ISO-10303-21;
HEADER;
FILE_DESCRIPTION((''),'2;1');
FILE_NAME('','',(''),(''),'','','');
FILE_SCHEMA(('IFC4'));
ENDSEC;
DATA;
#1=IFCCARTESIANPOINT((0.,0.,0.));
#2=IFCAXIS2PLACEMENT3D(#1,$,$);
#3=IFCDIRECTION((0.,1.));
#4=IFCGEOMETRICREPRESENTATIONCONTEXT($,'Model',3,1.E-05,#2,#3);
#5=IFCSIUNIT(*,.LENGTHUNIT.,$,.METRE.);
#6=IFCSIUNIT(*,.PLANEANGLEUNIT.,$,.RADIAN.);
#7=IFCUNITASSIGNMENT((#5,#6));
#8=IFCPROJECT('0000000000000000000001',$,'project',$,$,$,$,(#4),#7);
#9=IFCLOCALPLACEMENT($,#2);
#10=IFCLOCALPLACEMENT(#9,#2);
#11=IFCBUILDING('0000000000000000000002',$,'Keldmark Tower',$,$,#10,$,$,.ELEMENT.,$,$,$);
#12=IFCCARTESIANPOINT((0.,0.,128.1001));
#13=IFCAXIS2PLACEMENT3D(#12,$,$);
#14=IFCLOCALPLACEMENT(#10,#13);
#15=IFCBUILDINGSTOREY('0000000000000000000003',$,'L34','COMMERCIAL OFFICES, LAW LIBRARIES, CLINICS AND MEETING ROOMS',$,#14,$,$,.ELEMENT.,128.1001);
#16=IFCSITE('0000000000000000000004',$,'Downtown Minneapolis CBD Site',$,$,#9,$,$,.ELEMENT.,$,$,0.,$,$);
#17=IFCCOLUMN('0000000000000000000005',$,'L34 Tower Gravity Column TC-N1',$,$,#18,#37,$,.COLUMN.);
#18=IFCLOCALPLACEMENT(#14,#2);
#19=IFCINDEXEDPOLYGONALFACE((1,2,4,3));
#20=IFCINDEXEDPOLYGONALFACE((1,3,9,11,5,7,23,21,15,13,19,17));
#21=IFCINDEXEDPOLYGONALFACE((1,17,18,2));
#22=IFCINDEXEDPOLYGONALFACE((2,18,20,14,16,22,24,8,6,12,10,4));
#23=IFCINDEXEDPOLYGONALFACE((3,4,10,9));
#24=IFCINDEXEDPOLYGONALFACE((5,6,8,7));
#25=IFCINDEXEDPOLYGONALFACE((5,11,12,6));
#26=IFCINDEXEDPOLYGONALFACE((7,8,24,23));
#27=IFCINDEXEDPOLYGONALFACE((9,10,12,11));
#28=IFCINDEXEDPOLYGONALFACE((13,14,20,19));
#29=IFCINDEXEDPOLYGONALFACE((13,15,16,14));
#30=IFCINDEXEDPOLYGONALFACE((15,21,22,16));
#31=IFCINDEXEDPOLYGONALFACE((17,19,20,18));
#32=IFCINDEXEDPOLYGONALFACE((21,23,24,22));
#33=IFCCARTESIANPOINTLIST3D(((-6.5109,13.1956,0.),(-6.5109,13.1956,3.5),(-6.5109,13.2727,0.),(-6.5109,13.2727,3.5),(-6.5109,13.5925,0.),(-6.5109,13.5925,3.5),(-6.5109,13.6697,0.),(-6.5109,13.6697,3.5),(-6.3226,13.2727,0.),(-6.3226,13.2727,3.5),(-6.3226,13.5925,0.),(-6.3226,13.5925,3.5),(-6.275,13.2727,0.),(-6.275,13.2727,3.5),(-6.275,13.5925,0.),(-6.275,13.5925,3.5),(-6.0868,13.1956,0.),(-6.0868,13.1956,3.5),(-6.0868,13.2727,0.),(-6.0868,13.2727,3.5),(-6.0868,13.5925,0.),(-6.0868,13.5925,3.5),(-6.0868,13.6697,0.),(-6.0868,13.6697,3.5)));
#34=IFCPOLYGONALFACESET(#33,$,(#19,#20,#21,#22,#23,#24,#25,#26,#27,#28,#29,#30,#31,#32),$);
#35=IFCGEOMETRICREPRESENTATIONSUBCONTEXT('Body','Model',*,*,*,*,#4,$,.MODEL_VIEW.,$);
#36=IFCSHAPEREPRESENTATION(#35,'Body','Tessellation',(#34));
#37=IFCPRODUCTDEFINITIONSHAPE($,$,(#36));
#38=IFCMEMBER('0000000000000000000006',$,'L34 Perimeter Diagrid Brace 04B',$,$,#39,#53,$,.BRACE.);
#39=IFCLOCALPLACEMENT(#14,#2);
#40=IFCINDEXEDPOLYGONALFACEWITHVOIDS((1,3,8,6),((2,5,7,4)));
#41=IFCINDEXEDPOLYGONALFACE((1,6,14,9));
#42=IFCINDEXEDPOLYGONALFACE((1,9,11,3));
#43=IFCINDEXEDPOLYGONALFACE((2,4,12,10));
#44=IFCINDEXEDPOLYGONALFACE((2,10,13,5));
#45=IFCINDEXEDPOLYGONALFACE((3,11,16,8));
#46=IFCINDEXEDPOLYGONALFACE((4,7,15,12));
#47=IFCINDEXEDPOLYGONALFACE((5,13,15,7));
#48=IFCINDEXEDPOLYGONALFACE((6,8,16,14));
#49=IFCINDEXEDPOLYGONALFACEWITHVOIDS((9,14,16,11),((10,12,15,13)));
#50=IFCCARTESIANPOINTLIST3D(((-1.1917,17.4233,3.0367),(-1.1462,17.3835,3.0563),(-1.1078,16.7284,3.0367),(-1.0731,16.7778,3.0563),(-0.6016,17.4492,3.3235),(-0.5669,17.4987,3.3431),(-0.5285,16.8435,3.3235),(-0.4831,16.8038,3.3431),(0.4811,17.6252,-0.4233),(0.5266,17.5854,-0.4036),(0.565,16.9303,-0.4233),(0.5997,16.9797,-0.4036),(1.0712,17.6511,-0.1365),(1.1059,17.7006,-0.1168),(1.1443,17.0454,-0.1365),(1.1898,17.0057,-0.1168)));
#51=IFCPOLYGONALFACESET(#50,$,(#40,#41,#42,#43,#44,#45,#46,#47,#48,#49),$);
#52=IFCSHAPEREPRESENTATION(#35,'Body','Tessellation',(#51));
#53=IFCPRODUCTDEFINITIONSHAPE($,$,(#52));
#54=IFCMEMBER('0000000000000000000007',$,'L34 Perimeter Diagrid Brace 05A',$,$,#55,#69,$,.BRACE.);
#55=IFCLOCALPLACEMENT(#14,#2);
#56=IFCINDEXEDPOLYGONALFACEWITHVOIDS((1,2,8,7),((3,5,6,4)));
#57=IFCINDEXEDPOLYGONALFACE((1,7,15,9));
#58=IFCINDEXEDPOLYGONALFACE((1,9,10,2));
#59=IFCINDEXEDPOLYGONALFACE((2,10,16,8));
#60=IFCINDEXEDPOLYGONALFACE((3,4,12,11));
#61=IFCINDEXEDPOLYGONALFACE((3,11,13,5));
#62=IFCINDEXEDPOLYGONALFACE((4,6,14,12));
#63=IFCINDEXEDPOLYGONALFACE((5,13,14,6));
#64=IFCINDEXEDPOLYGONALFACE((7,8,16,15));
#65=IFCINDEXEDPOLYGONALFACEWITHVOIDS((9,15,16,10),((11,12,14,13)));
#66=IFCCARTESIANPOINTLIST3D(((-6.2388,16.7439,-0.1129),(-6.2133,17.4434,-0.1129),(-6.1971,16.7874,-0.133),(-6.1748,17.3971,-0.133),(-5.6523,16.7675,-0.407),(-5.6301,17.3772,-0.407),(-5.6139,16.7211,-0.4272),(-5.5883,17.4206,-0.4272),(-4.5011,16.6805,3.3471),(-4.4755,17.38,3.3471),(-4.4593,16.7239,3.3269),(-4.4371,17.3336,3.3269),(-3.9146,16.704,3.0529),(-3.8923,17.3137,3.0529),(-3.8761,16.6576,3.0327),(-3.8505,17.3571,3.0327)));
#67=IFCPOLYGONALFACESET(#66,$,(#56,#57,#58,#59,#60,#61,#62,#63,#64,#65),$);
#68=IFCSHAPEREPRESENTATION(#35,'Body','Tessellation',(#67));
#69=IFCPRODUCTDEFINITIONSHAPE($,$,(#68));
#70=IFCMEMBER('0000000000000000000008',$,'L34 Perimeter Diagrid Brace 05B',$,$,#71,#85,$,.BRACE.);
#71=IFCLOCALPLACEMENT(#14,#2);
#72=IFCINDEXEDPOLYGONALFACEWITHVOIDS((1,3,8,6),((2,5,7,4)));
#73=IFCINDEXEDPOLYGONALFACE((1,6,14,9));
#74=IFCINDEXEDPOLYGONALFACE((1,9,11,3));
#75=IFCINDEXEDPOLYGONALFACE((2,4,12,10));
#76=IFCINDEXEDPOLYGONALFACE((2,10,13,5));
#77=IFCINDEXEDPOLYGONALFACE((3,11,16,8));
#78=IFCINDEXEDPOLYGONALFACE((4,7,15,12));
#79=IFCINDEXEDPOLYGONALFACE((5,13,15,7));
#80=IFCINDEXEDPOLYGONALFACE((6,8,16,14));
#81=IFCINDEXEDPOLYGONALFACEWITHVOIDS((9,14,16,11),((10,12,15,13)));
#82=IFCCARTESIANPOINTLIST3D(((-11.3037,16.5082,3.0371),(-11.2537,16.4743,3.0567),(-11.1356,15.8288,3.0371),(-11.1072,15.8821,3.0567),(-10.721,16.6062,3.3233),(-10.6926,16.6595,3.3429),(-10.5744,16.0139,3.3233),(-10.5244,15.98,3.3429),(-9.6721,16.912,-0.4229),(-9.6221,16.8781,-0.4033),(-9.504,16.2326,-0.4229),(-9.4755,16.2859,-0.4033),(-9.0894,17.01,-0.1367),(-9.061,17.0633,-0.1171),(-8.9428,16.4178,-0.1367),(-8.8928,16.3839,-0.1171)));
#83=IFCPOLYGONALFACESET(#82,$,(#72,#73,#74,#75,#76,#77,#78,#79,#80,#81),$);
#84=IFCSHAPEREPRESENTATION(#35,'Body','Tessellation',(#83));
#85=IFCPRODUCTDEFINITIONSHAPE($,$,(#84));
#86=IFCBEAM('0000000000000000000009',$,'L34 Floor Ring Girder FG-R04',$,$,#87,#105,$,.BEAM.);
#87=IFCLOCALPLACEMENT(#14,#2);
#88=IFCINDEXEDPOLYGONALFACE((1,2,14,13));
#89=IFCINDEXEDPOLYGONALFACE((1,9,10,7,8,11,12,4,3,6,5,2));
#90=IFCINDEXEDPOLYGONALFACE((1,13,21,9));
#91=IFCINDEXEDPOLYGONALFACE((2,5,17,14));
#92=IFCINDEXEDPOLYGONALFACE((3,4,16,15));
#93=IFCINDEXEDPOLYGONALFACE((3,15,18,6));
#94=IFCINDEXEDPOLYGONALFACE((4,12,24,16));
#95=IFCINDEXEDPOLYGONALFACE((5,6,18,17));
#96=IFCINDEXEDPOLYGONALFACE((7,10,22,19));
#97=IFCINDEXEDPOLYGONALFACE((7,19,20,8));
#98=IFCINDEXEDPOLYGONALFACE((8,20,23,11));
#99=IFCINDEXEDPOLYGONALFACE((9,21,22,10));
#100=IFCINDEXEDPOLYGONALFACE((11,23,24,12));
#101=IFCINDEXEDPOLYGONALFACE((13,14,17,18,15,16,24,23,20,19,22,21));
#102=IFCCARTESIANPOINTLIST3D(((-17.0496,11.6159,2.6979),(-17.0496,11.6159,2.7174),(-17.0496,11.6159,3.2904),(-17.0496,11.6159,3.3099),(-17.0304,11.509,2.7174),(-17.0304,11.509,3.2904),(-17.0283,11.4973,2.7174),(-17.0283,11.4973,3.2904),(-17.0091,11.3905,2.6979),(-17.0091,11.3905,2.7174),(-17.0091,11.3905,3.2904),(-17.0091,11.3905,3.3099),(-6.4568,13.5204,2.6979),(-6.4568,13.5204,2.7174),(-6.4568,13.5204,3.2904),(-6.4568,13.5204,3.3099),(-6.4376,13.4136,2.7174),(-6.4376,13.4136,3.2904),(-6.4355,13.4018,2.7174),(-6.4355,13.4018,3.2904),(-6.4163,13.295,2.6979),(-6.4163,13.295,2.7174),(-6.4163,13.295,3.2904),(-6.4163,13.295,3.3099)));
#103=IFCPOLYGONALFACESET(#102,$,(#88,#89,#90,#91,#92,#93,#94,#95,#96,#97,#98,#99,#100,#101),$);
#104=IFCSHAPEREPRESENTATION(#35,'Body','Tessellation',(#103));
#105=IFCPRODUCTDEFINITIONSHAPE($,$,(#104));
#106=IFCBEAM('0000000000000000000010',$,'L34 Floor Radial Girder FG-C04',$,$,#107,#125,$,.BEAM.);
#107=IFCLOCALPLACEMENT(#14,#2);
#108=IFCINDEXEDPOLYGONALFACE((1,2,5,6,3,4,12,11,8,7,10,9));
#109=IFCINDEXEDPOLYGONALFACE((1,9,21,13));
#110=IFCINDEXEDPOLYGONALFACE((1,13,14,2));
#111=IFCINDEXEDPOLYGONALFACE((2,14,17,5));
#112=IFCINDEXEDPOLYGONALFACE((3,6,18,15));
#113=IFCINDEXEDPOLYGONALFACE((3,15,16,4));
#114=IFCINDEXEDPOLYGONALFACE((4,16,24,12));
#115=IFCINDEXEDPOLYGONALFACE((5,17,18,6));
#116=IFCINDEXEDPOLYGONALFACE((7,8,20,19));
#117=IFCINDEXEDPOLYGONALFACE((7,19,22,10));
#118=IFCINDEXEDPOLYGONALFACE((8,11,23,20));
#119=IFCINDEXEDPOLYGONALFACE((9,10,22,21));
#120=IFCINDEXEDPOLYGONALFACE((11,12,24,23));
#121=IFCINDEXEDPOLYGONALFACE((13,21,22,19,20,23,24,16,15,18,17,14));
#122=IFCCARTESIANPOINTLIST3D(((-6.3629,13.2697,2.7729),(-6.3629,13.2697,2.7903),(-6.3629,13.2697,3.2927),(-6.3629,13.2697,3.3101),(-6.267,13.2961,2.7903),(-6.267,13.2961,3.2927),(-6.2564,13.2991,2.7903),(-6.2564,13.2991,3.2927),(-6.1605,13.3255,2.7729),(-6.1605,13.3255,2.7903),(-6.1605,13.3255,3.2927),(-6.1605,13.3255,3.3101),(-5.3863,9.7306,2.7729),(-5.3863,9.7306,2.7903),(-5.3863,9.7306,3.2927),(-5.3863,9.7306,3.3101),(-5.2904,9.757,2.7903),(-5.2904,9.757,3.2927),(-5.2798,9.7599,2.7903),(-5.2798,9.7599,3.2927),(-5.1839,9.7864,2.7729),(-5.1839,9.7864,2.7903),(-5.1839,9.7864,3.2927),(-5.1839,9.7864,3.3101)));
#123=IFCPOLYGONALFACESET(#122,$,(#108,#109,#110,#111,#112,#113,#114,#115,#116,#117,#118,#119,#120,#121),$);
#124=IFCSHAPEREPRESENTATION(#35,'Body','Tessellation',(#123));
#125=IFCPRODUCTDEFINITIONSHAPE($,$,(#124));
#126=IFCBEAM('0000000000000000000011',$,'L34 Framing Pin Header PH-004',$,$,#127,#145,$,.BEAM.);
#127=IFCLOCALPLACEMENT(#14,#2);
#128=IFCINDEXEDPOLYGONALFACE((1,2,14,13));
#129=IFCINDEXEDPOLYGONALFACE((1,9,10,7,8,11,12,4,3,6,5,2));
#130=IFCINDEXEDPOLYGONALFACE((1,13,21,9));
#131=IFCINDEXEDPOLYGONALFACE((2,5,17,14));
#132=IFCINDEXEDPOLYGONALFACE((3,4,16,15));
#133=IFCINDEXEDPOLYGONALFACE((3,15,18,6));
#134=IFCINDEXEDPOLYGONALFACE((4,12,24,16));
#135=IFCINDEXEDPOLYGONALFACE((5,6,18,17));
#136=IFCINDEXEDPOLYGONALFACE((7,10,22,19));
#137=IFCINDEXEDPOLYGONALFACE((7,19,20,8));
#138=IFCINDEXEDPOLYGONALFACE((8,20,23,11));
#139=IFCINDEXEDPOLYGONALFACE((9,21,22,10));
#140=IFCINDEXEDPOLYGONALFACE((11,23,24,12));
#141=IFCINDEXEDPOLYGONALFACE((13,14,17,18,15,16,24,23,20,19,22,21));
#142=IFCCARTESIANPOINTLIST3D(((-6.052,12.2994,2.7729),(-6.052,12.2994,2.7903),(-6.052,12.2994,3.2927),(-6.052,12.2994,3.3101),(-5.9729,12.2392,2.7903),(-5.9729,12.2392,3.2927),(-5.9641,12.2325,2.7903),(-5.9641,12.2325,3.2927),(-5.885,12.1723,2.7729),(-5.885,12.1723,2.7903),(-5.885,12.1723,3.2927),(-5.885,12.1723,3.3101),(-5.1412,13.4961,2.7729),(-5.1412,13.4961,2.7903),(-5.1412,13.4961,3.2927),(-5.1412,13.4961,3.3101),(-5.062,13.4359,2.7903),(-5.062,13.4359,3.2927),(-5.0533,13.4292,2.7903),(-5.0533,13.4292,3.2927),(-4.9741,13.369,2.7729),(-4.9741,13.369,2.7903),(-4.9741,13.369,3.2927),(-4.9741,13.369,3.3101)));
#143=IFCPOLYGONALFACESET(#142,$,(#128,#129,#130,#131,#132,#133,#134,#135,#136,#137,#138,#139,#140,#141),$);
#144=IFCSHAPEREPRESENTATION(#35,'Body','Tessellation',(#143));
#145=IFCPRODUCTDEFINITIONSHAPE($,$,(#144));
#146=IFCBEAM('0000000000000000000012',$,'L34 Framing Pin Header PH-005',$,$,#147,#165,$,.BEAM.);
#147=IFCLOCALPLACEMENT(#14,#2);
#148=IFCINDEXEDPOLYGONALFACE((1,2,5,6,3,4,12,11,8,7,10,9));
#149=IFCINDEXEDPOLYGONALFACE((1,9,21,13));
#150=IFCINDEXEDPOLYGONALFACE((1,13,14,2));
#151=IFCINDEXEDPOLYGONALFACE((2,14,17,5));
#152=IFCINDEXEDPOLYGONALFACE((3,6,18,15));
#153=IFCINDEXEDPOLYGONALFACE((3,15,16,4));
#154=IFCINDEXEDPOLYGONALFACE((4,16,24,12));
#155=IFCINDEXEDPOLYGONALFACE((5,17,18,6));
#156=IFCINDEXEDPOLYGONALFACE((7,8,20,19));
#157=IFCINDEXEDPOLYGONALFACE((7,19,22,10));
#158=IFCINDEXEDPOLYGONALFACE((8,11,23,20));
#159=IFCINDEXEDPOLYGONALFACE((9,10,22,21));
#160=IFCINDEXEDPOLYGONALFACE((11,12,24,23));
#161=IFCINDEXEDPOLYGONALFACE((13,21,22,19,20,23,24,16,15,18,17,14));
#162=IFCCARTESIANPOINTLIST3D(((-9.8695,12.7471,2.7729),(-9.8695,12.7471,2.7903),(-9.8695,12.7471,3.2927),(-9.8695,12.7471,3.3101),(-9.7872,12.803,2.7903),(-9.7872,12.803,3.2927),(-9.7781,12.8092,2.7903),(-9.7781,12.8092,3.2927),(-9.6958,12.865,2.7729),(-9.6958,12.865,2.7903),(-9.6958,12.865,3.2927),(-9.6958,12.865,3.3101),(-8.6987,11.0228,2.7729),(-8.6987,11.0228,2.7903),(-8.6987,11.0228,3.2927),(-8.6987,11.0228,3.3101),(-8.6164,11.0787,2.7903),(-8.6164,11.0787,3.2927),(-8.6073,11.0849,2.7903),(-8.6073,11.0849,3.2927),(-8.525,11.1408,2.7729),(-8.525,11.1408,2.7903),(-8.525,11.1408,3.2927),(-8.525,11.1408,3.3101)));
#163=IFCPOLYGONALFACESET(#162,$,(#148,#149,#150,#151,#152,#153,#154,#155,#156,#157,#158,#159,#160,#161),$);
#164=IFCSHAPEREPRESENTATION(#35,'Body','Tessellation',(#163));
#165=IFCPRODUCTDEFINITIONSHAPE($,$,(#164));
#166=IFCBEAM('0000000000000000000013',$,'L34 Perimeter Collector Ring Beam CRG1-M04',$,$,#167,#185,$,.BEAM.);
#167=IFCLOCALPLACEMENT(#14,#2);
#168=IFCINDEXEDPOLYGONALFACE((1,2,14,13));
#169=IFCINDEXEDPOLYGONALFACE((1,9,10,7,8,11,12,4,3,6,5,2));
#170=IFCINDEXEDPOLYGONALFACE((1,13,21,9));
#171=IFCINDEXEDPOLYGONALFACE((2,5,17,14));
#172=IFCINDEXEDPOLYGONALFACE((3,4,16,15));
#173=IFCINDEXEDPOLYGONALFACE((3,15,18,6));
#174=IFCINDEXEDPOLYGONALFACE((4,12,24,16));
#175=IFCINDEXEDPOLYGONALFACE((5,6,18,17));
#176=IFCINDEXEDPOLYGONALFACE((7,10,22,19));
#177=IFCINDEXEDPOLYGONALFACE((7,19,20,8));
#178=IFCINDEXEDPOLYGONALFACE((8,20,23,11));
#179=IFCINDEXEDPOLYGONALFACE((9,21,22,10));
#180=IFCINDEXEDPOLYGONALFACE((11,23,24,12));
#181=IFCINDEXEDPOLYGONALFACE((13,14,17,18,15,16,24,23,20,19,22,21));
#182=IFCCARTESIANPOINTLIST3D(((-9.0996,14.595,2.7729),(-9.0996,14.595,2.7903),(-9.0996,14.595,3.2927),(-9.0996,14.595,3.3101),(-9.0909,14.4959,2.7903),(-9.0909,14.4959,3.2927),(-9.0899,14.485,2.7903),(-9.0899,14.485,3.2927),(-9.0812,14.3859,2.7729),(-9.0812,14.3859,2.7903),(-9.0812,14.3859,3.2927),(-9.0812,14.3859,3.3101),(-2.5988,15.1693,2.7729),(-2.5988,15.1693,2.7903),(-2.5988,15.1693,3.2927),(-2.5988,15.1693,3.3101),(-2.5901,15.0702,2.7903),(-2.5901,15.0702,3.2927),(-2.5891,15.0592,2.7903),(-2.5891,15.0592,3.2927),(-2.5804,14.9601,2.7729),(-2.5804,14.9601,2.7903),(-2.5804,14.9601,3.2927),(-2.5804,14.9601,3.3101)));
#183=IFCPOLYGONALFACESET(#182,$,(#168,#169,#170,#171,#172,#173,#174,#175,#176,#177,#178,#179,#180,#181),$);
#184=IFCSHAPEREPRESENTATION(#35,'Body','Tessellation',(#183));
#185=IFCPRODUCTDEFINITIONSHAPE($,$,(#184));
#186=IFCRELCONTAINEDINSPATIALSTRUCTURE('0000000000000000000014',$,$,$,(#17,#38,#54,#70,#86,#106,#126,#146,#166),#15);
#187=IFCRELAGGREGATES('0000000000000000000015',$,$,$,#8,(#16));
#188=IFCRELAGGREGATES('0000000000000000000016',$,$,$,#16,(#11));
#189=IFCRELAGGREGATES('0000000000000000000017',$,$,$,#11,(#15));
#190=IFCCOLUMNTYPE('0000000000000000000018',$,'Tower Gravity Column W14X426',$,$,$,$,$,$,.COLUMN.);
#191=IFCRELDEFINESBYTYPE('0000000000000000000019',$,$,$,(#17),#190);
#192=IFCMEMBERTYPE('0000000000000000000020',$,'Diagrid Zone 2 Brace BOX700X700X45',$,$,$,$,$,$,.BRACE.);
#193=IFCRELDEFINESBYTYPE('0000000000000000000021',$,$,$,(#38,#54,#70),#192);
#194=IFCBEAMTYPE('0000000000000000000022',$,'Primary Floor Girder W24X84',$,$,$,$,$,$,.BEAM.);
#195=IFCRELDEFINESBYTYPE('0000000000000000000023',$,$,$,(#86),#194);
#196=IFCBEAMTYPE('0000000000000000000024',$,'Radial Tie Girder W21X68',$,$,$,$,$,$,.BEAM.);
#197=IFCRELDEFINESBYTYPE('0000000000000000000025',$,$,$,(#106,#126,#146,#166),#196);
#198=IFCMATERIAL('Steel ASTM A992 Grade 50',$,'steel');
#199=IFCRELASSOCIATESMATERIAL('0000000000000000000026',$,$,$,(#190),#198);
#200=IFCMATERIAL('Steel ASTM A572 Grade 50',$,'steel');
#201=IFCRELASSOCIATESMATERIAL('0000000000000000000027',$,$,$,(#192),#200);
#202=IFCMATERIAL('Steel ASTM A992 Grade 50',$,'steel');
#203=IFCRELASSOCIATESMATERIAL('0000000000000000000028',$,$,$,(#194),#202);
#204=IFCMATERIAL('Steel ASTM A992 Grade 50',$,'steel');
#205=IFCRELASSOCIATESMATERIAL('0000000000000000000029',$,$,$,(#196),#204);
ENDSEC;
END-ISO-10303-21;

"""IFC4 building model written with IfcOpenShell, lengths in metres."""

from ifc_helpers import new_model, si_unit, direction, frame, origin, origin_2d, place, context, subcontext, project, spatial, hollow_rectangle, i_section, extrude, material, material_profile, profile_set, type_object, element, save


model = new_model("IFC4")

# Units and contexts
model_context = context("Model", 3, precision=1e-05, world=origin(), true_north=direction((0.0, 1.0)))
body_context = subcontext(model_context, "Body", "Model", "MODEL_VIEW")
ifc_project = project(units=[si_unit("LENGTHUNIT", "METRE"), si_unit("PLANEANGLEUNIT", "RADIAN")], contexts=[model_context])

# Site, building, storey
site_placement = place(None, origin())
site = spatial("IfcSite", under=ifc_project, at=site_placement, Name="Downtown Minneapolis CBD Site", CompositionType="ELEMENT", RefElevation=0.0)
building_placement = place(site_placement, origin())
building = spatial("IfcBuilding", under=site, at=building_placement, Name="Keldmark Tower", CompositionType="ELEMENT")
storey_placement = place(building_placement, frame((0.0, 0.0, 128.1001)))
storey = spatial("IfcBuildingStorey", under=building, at=storey_placement, Name="L34", Description="COMMERCIAL OFFICES, LAW LIBRARIES, CLINICS AND MEETING ROOMS", CompositionType="ELEMENT", Elevation=128.1001)

# Column
ifc_material_1 = material(Name="Steel ASTM A992 Grade 50", Category="steel")
ifc_material_profile_1 = material_profile(ifc_material_1, i_section(OverallWidth=0.4241, OverallDepth=0.4741, WebThickness=0.0476, FlangeThickness=0.0771, at=origin_2d()), Name="W14X426")
ifc_profile_set_1 = profile_set([ifc_material_profile_1], Name="Steel ASTM A992 Grade 50")
column_type = type_object("IfcColumnType", Name="Tower Gravity Column W14X426", PredefinedType="COLUMN", material=ifc_profile_set_1)
column_placement = place(storey_placement, frame((-6.2988, 13.4326, 0.0), z_axis=(0.0, 0.0, 1.0), x_axis=(1.0, 0.0, 0.0)))
element("IfcColumn", 1, at=column_placement, inside=storey, type_object=column_type, Name="L34 Tower Gravity Column TC-N1", PredefinedType="COLUMN", context=body_context, shape_type="SweptSolid", body=[
    extrude(i_section(OverallWidth=0.4241, OverallDepth=0.4741, WebThickness=0.0476, FlangeThickness=0.0771, at=origin_2d()), origin(), (0.0, 0.0, 1.0), 3.5),
])

# Members
ifc_material_2 = material(Name="Steel ASTM A572 Grade 50", Category="steel")
ifc_material_profile_2 = material_profile(ifc_material_2, hollow_rectangle(XDim=0.7, YDim=0.7, WallThickness=0.0449, at=origin_2d()), Name="BOX700X700X45")
ifc_profile_set_2 = profile_set([ifc_material_profile_2], Name="Steel ASTM A572 Grade 50")
member_type = type_object("IfcMemberType", Name="Diagrid Zone 2 Brace BOX700X700X45", PredefinedType="BRACE", material=ifc_profile_set_2)
member_1_placement = place(storey_placement, frame((0.8354, 17.3154, -0.27), z_axis=(-0.434682, -0.052464, 0.899054), x_axis=(0.119825, -0.992795, 0.0)))
element("IfcMember", 2, at=member_1_placement, inside=storey, type_object=member_type, Name="L34 Perimeter Diagrid Brace 04B", PredefinedType="BRACE", context=body_context, shape_type="SweptSolid", body=[
    extrude(hollow_rectangle(XDim=0.7, YDim=0.7, WallThickness=0.0449, at=origin_2d()), origin(), (0.0, 0.0, 1.0), 3.8484),
])
member_2_placement = place(storey_placement, frame((-5.9136, 17.0823, -0.27), z_axis=(0.448767, -0.016392, 0.893499), x_axis=(0.036503, 0.999334, 0.0)))
element("IfcMember", 3, at=member_2_placement, inside=storey, type_object=member_type, Name="L34 Perimeter Diagrid Brace 05A", PredefinedType="BRACE", context=body_context, shape_type="SweptSolid", body=[
    extrude(hollow_rectangle(XDim=0.7, YDim=0.7, WallThickness=0.0449, at=origin_2d()), origin(), (0.0, 0.0, 1.0), 3.8723),
])
member_3_placement = place(storey_placement, frame((-9.2825, 16.6479, -0.27), z_axis=(-0.424162, -0.104978, 0.899481), x_axis=(0.240245, -0.970712, 0.0)))
element("IfcMember", 4, at=member_3_placement, inside=storey, type_object=member_type, Name="L34 Perimeter Diagrid Brace 05B", PredefinedType="BRACE", context=body_context, shape_type="SweptSolid", body=[
    extrude(hollow_rectangle(XDim=0.7, YDim=0.7, WallThickness=0.0449, at=origin_2d()), origin(), (0.0, 0.0, 1.0), 3.8467),
])

# Beams
ifc_material_3 = material(Name="Steel ASTM A992 Grade 50", Category="steel")
ifc_material_profile_3 = material_profile(ifc_material_3, i_section(OverallWidth=0.229, OverallDepth=0.6121, WebThickness=0.012, FlangeThickness=0.0195, at=origin_2d()), Name="W24X84")
ifc_profile_set_3 = profile_set([ifc_material_profile_3], Name="Steel ASTM A992 Grade 50")
beam_type_1 = type_object("IfcBeamType", Name="Primary Floor Girder W24X84", PredefinedType="BEAM", material=ifc_profile_set_3)
beam_1_placement = place(storey_placement, frame((-6.4365, 13.4077, 3.0039), z_axis=(-0.984218, -0.176959, 0.0), x_axis=(0.176959, -0.984218, 0.0)))
element("IfcBeam", 5, at=beam_1_placement, inside=storey, type_object=beam_type_1, Name="L34 Floor Ring Girder FG-R04", PredefinedType="BEAM", context=body_context, shape_type="SweptSolid", body=[
    extrude(i_section(OverallWidth=0.229, OverallDepth=0.6121, WebThickness=0.012, FlangeThickness=0.0195, at=origin_2d()), origin(), (0.0, 0.0, 1.0), 10.7627),
])
ifc_material_4 = material(Name="Steel ASTM A992 Grade 50", Category="steel")
ifc_material_profile_4 = material_profile(ifc_material_4, i_section(OverallWidth=0.21, OverallDepth=0.5371, WebThickness=0.011, FlangeThickness=0.0173, at=origin_2d()), Name="W21X68")
ifc_profile_set_4 = profile_set([ifc_material_profile_4], Name="Steel ASTM A992 Grade 50")
beam_type_2 = type_object("IfcBeamType", Name="Radial Tie Girder W21X68", PredefinedType="BEAM", material=ifc_profile_set_4)
beam_2_placement = place(storey_placement, frame((-6.2617, 13.2976, 3.0415), z_axis=(0.265997, -0.963974, 0.0), x_axis=(0.963974, 0.265997, 0.0)))
element("IfcBeam", 6, at=beam_2_placement, inside=storey, type_object=beam_type_2, Name="L34 Floor Radial Girder FG-C04", PredefinedType="BEAM", context=body_context, shape_type="SweptSolid", body=[
    extrude(i_section(OverallWidth=0.21, OverallDepth=0.5371, WebThickness=0.011, FlangeThickness=0.0173, at=origin_2d()), origin(), (0.0, 0.0, 1.0), 3.6714),
])
beam_3_placement = place(storey_placement, frame((-5.9685, 12.2358, 3.0415), z_axis=(0.605647, 0.795733, 0.0), x_axis=(-0.795733, 0.605647, 0.0)))
element("IfcBeam", 7, at=beam_3_placement, inside=storey, type_object=beam_type_2, Name="L34 Framing Pin Header PH-004", PredefinedType="BEAM", context=body_context, shape_type="SweptSolid", body=[
    extrude(i_section(OverallWidth=0.21, OverallDepth=0.5371, WebThickness=0.011, FlangeThickness=0.0173, at=origin_2d()), origin(), (0.0, 0.0, 1.0), 1.5039),
])
beam_4_placement = place(storey_placement, frame((-8.6118, 11.0818, 3.0415), z_axis=(-0.561762, 0.827299, 0.0), x_axis=(-0.827299, -0.561762, 0.0)))
element("IfcBeam", 8, at=beam_4_placement, inside=storey, type_object=beam_type_2, Name="L34 Framing Pin Header PH-005", PredefinedType="BEAM", context=body_context, shape_type="SweptSolid", body=[
    extrude(i_section(OverallWidth=0.21, OverallDepth=0.5371, WebThickness=0.011, FlangeThickness=0.0173, at=origin_2d()), origin(), (0.0, 0.0, 1.0), 2.0842),
])
beam_5_placement = place(storey_placement, frame((-2.5896, 15.0647, 3.0415), z_axis=(-0.996121, -0.087989, 0.0), x_axis=(0.087989, -0.996121, 0.0)))
element("IfcBeam", 9, at=beam_5_placement, inside=storey, type_object=beam_type_2, Name="L34 Perimeter Collector Ring Beam CRG1-M04", PredefinedType="BEAM", context=body_context, shape_type="SweptSolid", body=[
    extrude(i_section(OverallWidth=0.21, OverallDepth=0.5371, WebThickness=0.011, FlangeThickness=0.0173, at=origin_2d()), origin(), (0.0, 0.0, 1.0), 6.5261),
])

save(model, "model.ifc")
